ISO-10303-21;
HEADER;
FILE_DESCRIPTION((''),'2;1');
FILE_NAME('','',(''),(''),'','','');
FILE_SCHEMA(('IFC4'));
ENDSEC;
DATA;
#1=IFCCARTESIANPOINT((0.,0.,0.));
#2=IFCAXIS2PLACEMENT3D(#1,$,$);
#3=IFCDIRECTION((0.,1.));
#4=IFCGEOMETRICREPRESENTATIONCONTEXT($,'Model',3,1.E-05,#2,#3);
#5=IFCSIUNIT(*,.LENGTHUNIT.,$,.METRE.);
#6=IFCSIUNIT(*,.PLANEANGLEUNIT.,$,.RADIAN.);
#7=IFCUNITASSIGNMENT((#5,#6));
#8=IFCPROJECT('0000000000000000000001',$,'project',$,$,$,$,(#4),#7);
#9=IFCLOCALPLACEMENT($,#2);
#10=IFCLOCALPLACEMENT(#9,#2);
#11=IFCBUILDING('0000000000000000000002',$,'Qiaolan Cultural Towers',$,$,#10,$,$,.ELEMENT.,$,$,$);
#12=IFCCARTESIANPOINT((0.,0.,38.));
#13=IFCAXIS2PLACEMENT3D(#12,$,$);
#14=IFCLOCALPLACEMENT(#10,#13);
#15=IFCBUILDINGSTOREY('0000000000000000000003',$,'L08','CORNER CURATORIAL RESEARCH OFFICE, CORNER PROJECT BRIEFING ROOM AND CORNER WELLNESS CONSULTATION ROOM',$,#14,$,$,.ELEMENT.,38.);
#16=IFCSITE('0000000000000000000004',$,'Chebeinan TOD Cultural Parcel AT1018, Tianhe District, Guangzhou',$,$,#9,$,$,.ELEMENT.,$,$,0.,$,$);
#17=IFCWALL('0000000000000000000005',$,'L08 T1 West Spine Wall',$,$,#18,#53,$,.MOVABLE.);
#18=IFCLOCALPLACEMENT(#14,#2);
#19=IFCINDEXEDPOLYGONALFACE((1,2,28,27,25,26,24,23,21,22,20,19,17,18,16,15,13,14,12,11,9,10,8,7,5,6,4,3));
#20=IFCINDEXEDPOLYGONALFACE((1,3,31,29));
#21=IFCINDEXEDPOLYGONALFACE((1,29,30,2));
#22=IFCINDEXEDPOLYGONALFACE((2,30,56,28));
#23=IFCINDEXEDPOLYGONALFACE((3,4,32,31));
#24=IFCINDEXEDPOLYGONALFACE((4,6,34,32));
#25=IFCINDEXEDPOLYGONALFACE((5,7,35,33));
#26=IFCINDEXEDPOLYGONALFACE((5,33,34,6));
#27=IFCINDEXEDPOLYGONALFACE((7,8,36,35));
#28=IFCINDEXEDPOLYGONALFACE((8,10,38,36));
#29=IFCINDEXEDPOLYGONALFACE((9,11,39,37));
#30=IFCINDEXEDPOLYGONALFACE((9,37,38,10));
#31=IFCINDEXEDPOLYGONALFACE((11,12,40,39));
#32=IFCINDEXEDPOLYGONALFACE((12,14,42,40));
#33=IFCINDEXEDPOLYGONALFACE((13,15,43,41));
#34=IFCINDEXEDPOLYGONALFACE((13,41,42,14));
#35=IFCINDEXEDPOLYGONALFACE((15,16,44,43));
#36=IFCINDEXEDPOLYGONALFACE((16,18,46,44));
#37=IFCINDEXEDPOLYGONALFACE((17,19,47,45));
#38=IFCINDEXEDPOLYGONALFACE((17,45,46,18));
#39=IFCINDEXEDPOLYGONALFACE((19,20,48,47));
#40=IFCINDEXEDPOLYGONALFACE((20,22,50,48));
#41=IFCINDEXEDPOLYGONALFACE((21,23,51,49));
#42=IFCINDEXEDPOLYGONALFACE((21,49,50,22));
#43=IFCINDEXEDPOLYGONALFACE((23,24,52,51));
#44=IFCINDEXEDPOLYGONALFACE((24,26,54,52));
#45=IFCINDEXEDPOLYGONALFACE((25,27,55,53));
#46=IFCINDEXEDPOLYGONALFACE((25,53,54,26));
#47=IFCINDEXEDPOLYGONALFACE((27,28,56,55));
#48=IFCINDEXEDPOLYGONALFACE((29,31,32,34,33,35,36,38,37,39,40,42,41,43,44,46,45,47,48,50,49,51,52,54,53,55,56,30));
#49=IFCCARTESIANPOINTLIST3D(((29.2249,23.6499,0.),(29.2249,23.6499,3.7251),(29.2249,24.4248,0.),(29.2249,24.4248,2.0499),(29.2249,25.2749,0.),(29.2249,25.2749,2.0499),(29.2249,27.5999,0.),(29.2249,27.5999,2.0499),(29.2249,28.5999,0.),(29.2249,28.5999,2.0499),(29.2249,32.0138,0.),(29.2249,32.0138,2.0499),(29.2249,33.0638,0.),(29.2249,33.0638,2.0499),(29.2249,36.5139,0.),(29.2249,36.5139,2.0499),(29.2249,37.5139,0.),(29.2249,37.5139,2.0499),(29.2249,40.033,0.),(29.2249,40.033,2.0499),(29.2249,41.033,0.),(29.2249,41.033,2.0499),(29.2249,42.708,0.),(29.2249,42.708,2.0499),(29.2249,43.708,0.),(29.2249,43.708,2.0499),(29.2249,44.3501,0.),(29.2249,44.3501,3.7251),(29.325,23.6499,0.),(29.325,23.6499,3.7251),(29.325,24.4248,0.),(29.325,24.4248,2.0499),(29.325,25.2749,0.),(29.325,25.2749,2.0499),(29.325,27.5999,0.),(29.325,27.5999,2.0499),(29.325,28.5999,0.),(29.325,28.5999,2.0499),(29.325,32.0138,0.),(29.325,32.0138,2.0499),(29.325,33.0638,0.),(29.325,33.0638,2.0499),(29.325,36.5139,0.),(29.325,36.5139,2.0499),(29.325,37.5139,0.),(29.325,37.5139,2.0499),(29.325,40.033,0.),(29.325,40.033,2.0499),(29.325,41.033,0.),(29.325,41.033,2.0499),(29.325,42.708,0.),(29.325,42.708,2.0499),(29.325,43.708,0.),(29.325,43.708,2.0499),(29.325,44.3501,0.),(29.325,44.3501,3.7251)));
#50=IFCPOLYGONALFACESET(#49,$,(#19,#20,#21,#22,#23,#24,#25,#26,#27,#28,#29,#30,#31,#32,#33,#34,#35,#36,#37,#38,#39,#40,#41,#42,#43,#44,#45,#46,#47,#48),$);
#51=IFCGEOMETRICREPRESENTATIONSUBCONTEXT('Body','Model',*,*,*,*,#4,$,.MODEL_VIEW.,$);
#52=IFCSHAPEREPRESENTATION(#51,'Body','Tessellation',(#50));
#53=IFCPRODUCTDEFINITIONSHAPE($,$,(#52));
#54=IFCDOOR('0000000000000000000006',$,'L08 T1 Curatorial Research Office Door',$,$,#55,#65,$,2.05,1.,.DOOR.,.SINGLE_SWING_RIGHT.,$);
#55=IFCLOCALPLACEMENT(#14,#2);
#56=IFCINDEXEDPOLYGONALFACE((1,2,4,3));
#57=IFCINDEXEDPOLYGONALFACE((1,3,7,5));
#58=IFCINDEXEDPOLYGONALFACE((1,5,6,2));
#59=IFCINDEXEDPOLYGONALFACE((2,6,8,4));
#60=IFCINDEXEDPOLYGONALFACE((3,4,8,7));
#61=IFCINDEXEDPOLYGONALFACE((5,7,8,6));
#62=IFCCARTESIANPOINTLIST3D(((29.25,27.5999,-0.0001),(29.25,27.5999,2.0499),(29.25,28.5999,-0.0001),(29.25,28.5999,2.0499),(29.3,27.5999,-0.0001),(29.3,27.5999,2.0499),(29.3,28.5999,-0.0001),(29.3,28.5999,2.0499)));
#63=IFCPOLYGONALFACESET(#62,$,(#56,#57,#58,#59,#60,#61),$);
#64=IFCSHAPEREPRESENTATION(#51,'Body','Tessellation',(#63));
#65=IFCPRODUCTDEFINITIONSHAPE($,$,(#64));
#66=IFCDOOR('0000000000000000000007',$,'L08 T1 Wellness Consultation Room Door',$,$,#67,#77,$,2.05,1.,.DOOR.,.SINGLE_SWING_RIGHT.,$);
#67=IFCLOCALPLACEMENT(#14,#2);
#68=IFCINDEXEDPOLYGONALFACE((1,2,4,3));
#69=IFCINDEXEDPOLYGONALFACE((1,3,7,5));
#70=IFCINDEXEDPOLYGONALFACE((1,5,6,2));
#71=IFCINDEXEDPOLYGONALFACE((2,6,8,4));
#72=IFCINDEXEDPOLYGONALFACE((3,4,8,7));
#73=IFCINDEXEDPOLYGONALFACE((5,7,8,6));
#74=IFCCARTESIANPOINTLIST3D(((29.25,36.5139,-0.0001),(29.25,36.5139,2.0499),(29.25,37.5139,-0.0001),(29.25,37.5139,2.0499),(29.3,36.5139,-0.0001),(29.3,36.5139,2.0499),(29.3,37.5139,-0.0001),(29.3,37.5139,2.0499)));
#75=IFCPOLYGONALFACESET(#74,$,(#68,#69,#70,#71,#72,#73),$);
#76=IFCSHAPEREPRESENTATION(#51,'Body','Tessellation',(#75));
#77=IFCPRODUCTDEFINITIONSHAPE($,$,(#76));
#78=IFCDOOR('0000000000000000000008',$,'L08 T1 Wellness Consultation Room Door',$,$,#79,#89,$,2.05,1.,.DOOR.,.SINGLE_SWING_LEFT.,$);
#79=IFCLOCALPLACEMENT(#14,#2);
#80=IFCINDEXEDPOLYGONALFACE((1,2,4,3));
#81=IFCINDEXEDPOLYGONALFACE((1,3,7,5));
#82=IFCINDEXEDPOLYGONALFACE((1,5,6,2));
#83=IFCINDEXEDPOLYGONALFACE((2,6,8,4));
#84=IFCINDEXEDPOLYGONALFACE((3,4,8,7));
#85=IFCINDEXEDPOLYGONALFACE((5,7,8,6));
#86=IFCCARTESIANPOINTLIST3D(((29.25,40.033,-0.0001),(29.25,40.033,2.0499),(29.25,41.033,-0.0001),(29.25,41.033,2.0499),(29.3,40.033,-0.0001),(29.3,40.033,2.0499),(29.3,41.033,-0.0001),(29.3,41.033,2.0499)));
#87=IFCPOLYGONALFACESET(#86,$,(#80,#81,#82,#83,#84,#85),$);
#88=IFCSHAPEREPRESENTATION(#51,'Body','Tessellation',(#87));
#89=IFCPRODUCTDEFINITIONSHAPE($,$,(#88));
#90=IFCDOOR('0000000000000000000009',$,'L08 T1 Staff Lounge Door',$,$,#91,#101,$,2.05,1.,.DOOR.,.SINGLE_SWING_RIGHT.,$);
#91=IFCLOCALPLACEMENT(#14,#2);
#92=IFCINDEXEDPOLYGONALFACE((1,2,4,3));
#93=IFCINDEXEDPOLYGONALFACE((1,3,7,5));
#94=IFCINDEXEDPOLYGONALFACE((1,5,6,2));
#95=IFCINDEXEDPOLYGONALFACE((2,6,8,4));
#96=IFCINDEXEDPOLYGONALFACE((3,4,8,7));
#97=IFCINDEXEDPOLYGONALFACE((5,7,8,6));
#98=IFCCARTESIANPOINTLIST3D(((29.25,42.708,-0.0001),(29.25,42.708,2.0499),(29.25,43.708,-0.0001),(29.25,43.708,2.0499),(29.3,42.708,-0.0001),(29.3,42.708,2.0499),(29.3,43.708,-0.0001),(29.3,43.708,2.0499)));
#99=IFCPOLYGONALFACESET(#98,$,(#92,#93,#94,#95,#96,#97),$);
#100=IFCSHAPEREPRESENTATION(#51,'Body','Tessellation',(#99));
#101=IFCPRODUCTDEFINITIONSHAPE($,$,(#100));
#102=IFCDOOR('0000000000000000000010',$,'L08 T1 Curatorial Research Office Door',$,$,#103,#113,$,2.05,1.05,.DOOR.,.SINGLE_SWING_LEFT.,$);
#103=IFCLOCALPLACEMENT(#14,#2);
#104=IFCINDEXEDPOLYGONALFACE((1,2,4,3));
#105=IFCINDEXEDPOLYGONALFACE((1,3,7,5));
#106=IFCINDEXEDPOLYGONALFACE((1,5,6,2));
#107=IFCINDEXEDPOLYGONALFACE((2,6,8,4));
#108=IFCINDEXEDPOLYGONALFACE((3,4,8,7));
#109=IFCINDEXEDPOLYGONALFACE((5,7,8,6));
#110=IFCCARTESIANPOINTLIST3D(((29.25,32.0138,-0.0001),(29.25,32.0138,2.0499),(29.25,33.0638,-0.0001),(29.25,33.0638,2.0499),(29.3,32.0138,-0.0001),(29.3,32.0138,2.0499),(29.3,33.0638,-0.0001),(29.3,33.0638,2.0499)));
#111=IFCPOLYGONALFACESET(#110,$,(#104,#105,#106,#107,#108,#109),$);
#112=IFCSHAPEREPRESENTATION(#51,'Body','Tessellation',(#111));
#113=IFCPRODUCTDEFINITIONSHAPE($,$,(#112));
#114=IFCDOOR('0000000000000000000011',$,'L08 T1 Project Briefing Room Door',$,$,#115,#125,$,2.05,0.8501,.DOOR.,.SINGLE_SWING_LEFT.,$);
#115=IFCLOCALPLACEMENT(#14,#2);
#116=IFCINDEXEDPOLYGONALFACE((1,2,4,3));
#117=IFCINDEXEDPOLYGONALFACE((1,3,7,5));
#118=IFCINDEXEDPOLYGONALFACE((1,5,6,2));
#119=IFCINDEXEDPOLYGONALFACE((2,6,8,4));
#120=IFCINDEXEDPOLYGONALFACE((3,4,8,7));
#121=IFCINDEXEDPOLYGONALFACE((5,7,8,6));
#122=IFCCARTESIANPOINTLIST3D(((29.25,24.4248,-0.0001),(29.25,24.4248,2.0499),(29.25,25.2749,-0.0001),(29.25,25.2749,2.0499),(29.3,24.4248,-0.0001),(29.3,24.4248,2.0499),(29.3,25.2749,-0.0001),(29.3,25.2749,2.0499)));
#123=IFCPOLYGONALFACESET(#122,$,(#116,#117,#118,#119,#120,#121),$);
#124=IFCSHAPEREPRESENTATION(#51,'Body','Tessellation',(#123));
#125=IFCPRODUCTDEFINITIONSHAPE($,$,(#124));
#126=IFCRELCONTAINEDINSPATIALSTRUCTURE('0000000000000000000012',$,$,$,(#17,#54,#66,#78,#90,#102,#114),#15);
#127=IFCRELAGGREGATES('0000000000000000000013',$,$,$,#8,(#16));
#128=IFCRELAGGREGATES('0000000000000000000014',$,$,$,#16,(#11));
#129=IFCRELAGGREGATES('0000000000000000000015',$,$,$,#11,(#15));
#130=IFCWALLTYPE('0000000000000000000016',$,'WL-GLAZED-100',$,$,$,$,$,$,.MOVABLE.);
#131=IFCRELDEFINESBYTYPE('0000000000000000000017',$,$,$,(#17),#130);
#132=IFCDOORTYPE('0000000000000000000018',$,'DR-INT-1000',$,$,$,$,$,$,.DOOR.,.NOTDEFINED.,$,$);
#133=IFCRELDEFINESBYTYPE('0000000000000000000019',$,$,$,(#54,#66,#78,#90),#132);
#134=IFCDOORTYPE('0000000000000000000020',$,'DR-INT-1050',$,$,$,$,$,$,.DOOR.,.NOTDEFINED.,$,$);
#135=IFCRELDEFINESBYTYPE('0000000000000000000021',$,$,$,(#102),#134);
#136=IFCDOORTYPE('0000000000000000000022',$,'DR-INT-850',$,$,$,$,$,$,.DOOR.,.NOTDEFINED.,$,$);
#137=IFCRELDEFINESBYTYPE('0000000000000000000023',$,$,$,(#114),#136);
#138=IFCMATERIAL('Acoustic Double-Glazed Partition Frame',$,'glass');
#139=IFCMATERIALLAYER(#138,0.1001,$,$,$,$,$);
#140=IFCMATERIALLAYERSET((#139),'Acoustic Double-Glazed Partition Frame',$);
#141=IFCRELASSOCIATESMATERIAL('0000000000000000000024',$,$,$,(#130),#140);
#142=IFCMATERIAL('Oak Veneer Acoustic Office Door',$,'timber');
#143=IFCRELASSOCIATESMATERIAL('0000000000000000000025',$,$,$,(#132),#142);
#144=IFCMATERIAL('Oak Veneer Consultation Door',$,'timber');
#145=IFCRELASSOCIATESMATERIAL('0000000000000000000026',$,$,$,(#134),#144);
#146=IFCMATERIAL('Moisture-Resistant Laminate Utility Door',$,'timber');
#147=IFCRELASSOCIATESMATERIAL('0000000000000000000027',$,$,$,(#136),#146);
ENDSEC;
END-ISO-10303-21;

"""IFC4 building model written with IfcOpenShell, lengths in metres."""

from ifc_helpers import new_model, si_unit, direction, frame, frame_2d, origin, place, context, subcontext, project, spatial, rectangle, extrude, material, layer, layer_set, type_object, element, fill, save


model = new_model("IFC4")

# Units and contexts
model_context = context("Model", 3, precision=1e-05, world=origin(), true_north=direction((0.0, 1.0)))
body_context = subcontext(model_context, "Body", "Model", "MODEL_VIEW")
ifc_project = project(units=[si_unit("LENGTHUNIT", "METRE"), si_unit("PLANEANGLEUNIT", "RADIAN")], contexts=[model_context])

# Site, building, storey
site_placement = place(None, origin())
site = spatial("IfcSite", under=ifc_project, at=site_placement, Name="Chebeinan TOD Cultural Parcel AT1018, Tianhe District, Guangzhou", CompositionType="ELEMENT", RefElevation=0.0)
building_placement = place(site_placement, origin())
building = spatial("IfcBuilding", under=site, at=building_placement, Name="Qiaolan Cultural Towers", CompositionType="ELEMENT")
storey_placement = place(building_placement, frame((0.0, 0.0, 38.0)))
storey = spatial("IfcBuildingStorey", under=building, at=storey_placement, Name="L08", Description="CORNER CURATORIAL RESEARCH OFFICE, CORNER PROJECT BRIEFING ROOM AND CORNER WELLNESS CONSULTATION ROOM", CompositionType="ELEMENT", Elevation=38.0)

# Shared definitions
ifc_material_1 = material(Name="Acoustic Double-Glazed Partition Frame", Category="glass")
ifc_layer_1 = layer(ifc_material_1, 0.1001)
ifc_layer_set_1 = layer_set([ifc_layer_1], Name="Acoustic Double-Glazed Partition Frame")
wall_type_1 = type_object("IfcWallType", Name="WL-GLAZED-100", PredefinedType="MOVABLE", material=ifc_layer_set_1)

# Wall, openings, doors
wall_1_placement = place(storey_placement, frame((29.2749, 23.6499, 0.0), z_axis=(0.0, 0.0, 1.0), x_axis=(0.0, 1.0, 0.0)))
wall_1 = element("IfcWall", 1, at=wall_1_placement, inside=storey, type_object=wall_type_1, Name="L08 T1 West Spine Wall", PredefinedType="MOVABLE", context=body_context, shape_type="SweptSolid", body=[
    extrude(rectangle(XDim=20.7002, YDim=0.1001, at=frame_2d((10.3501, 0.0))), origin(), (0.0, 0.0, 1.0), 3.7251),
])
opening_1_placement = place(wall_1_placement, frame((0.7749, 0.0, 0.0)))
opening_1 = element("IfcOpeningElement", 2, at=opening_1_placement, cuts=wall_1, PredefinedType="OPENING", context=body_context, shape_type="SweptSolid", body=[
    extrude(rectangle(XDim=0.8501, YDim=2.05, at=frame_2d((0.425, 1.0249))), frame((0.0, 0.0601, 0.0), z_axis=(0.0, -1.0, 0.0), x_axis=(1.0, 0.0, 0.0)), (0.0, 0.0, 1.0), 0.1201),
])
opening_2_placement = place(wall_1_placement, frame((3.95, 0.0, 0.0)))
opening_2 = element("IfcOpeningElement", 3, at=opening_2_placement, cuts=wall_1, PredefinedType="OPENING", context=body_context, shape_type="SweptSolid", body=[
    extrude(rectangle(XDim=1.0, YDim=2.05, at=frame_2d((0.5, 1.0249))), frame((0.0, 0.0601, 0.0), z_axis=(0.0, -1.0, 0.0), x_axis=(1.0, 0.0, 0.0)), (0.0, 0.0, 1.0), 0.1201),
])
opening_3_placement = place(wall_1_placement, frame((8.364, 0.0, 0.0)))
opening_3 = element("IfcOpeningElement", 4, at=opening_3_placement, cuts=wall_1, PredefinedType="OPENING", context=body_context, shape_type="SweptSolid", body=[
    extrude(rectangle(XDim=1.05, YDim=2.05, at=frame_2d((0.5249, 1.0249))), frame((0.0, 0.0601, 0.0), z_axis=(0.0, -1.0, 0.0), x_axis=(1.0, 0.0, 0.0)), (0.0, 0.0, 1.0), 0.1201),
])
opening_4_placement = place(wall_1_placement, frame((12.864, 0.0, 0.0)))
opening_4 = element("IfcOpeningElement", 5, at=opening_4_placement, cuts=wall_1, PredefinedType="OPENING", context=body_context, shape_type="SweptSolid", body=[
    extrude(rectangle(XDim=1.0, YDim=2.05, at=frame_2d((0.5, 1.0249))), frame((0.0, 0.0601, 0.0), z_axis=(0.0, -1.0, 0.0), x_axis=(1.0, 0.0, 0.0)), (0.0, 0.0, 1.0), 0.1201),
])
opening_5_placement = place(wall_1_placement, frame((16.3831, 0.0, 0.0)))
opening_5 = element("IfcOpeningElement", 6, at=opening_5_placement, cuts=wall_1, PredefinedType="OPENING", context=body_context, shape_type="SweptSolid", body=[
    extrude(rectangle(XDim=1.0, YDim=2.05, at=frame_2d((0.5, 1.0249))), frame((0.0, 0.0601, 0.0), z_axis=(0.0, -1.0, 0.0), x_axis=(1.0, 0.0, 0.0)), (0.0, 0.0, 1.0), 0.1201),
])
opening_6_placement = place(wall_1_placement, frame((19.0581, 0.0, 0.0)))
opening_6 = element("IfcOpeningElement", 7, at=opening_6_placement, cuts=wall_1, PredefinedType="OPENING", context=body_context, shape_type="SweptSolid", body=[
    extrude(rectangle(XDim=1.0, YDim=2.05, at=frame_2d((0.5, 1.0249))), frame((0.0, 0.0601, 0.0), z_axis=(0.0, -1.0, 0.0), x_axis=(1.0, 0.0, 0.0)), (0.0, 0.0, 1.0), 0.1201),
])
ifc_material_2 = material(Name="Oak Veneer Acoustic Office Door", Category="timber")
door_type_1 = type_object("IfcDoorType", Name="DR-INT-1000", OperationType="NOTDEFINED", PredefinedType="DOOR", material=ifc_material_2)
door_1_placement = place(opening_2_placement, origin())
door_1 = element("IfcDoor", 8, at=door_1_placement, inside=storey, type_object=door_type_1, Name="L08 T1 Curatorial Research Office Door", OperationType="SINGLE_SWING_RIGHT", OverallHeight=2.05, OverallWidth=1.0, PredefinedType="DOOR", context=body_context, shape_type="SweptSolid", body=[
    extrude(rectangle(XDim=1.0, YDim=2.05, at=frame_2d((0.5, 1.0249))), frame((0.0, 0.0249, 0.0), z_axis=(0.0, -1.0, 0.0), x_axis=(1.0, 0.0, 0.0)), (0.0, 0.0, 1.0), 0.05),
])
fill(opening_2, door_1)
door_2_placement = place(opening_4_placement, origin())
door_2 = element("IfcDoor", 9, at=door_2_placement, inside=storey, type_object=door_type_1, Name="L08 T1 Wellness Consultation Room Door", OperationType="SINGLE_SWING_RIGHT", OverallHeight=2.05, OverallWidth=1.0, PredefinedType="DOOR", context=body_context, shape_type="SweptSolid", body=[
    extrude(rectangle(XDim=1.0, YDim=2.05, at=frame_2d((0.5, 1.0249))), frame((0.0, 0.0249, 0.0), z_axis=(0.0, -1.0, 0.0), x_axis=(1.0, 0.0, 0.0)), (0.0, 0.0, 1.0), 0.05),
])
fill(opening_4, door_2)
door_3_placement = place(opening_5_placement, origin())
door_3 = element("IfcDoor", 10, at=door_3_placement, inside=storey, type_object=door_type_1, Name="L08 T1 Wellness Consultation Room Door", OperationType="SINGLE_SWING_LEFT", OverallHeight=2.05, OverallWidth=1.0, PredefinedType="DOOR", context=body_context, shape_type="SweptSolid", body=[
    extrude(rectangle(XDim=1.0, YDim=2.05, at=frame_2d((0.5, 1.0249))), frame((0.0, 0.0249, 0.0), z_axis=(0.0, -1.0, 0.0), x_axis=(1.0, 0.0, 0.0)), (0.0, 0.0, 1.0), 0.05),
])
fill(opening_5, door_3)
door_4_placement = place(opening_6_placement, origin())
door_4 = element("IfcDoor", 11, at=door_4_placement, inside=storey, type_object=door_type_1, Name="L08 T1 Staff Lounge Door", OperationType="SINGLE_SWING_RIGHT", OverallHeight=2.05, OverallWidth=1.0, PredefinedType="DOOR", context=body_context, shape_type="SweptSolid", body=[
    extrude(rectangle(XDim=1.0, YDim=2.05, at=frame_2d((0.5, 1.0249))), frame((0.0, 0.0249, 0.0), z_axis=(0.0, -1.0, 0.0), x_axis=(1.0, 0.0, 0.0)), (0.0, 0.0, 1.0), 0.05),
])
fill(opening_6, door_4)
ifc_material_3 = material(Name="Oak Veneer Consultation Door", Category="timber")
door_type_2 = type_object("IfcDoorType", Name="DR-INT-1050", OperationType="NOTDEFINED", PredefinedType="DOOR", material=ifc_material_3)
door_5_placement = place(opening_3_placement, origin())
door_5 = element("IfcDoor", 12, at=door_5_placement, inside=storey, type_object=door_type_2, Name="L08 T1 Curatorial Research Office Door", OperationType="SINGLE_SWING_LEFT", OverallHeight=2.05, OverallWidth=1.05, PredefinedType="DOOR", context=body_context, shape_type="SweptSolid", body=[
    extrude(rectangle(XDim=1.05, YDim=2.05, at=frame_2d((0.5249, 1.0249))), frame((0.0, 0.0249, 0.0), z_axis=(0.0, -1.0, 0.0), x_axis=(1.0, 0.0, 0.0)), (0.0, 0.0, 1.0), 0.05),
])
fill(opening_3, door_5)
ifc_material_4 = material(Name="Moisture-Resistant Laminate Utility Door", Category="timber")
door_type_3 = type_object("IfcDoorType", Name="DR-INT-850", OperationType="NOTDEFINED", PredefinedType="DOOR", material=ifc_material_4)
door_6_placement = place(opening_1_placement, origin())
door_6 = element("IfcDoor", 13, at=door_6_placement, inside=storey, type_object=door_type_3, Name="L08 T1 Project Briefing Room Door", OperationType="SINGLE_SWING_LEFT", OverallHeight=2.05, OverallWidth=0.8501, PredefinedType="DOOR", context=body_context, shape_type="SweptSolid", body=[
    extrude(rectangle(XDim=0.8501, YDim=2.05, at=frame_2d((0.425, 1.0249))), frame((0.0, 0.0249, 0.0), z_axis=(0.0, -1.0, 0.0), x_axis=(1.0, 0.0, 0.0)), (0.0, 0.0, 1.0), 0.05),
])
fill(opening_1, door_6)

save(model, "model.ifc")
